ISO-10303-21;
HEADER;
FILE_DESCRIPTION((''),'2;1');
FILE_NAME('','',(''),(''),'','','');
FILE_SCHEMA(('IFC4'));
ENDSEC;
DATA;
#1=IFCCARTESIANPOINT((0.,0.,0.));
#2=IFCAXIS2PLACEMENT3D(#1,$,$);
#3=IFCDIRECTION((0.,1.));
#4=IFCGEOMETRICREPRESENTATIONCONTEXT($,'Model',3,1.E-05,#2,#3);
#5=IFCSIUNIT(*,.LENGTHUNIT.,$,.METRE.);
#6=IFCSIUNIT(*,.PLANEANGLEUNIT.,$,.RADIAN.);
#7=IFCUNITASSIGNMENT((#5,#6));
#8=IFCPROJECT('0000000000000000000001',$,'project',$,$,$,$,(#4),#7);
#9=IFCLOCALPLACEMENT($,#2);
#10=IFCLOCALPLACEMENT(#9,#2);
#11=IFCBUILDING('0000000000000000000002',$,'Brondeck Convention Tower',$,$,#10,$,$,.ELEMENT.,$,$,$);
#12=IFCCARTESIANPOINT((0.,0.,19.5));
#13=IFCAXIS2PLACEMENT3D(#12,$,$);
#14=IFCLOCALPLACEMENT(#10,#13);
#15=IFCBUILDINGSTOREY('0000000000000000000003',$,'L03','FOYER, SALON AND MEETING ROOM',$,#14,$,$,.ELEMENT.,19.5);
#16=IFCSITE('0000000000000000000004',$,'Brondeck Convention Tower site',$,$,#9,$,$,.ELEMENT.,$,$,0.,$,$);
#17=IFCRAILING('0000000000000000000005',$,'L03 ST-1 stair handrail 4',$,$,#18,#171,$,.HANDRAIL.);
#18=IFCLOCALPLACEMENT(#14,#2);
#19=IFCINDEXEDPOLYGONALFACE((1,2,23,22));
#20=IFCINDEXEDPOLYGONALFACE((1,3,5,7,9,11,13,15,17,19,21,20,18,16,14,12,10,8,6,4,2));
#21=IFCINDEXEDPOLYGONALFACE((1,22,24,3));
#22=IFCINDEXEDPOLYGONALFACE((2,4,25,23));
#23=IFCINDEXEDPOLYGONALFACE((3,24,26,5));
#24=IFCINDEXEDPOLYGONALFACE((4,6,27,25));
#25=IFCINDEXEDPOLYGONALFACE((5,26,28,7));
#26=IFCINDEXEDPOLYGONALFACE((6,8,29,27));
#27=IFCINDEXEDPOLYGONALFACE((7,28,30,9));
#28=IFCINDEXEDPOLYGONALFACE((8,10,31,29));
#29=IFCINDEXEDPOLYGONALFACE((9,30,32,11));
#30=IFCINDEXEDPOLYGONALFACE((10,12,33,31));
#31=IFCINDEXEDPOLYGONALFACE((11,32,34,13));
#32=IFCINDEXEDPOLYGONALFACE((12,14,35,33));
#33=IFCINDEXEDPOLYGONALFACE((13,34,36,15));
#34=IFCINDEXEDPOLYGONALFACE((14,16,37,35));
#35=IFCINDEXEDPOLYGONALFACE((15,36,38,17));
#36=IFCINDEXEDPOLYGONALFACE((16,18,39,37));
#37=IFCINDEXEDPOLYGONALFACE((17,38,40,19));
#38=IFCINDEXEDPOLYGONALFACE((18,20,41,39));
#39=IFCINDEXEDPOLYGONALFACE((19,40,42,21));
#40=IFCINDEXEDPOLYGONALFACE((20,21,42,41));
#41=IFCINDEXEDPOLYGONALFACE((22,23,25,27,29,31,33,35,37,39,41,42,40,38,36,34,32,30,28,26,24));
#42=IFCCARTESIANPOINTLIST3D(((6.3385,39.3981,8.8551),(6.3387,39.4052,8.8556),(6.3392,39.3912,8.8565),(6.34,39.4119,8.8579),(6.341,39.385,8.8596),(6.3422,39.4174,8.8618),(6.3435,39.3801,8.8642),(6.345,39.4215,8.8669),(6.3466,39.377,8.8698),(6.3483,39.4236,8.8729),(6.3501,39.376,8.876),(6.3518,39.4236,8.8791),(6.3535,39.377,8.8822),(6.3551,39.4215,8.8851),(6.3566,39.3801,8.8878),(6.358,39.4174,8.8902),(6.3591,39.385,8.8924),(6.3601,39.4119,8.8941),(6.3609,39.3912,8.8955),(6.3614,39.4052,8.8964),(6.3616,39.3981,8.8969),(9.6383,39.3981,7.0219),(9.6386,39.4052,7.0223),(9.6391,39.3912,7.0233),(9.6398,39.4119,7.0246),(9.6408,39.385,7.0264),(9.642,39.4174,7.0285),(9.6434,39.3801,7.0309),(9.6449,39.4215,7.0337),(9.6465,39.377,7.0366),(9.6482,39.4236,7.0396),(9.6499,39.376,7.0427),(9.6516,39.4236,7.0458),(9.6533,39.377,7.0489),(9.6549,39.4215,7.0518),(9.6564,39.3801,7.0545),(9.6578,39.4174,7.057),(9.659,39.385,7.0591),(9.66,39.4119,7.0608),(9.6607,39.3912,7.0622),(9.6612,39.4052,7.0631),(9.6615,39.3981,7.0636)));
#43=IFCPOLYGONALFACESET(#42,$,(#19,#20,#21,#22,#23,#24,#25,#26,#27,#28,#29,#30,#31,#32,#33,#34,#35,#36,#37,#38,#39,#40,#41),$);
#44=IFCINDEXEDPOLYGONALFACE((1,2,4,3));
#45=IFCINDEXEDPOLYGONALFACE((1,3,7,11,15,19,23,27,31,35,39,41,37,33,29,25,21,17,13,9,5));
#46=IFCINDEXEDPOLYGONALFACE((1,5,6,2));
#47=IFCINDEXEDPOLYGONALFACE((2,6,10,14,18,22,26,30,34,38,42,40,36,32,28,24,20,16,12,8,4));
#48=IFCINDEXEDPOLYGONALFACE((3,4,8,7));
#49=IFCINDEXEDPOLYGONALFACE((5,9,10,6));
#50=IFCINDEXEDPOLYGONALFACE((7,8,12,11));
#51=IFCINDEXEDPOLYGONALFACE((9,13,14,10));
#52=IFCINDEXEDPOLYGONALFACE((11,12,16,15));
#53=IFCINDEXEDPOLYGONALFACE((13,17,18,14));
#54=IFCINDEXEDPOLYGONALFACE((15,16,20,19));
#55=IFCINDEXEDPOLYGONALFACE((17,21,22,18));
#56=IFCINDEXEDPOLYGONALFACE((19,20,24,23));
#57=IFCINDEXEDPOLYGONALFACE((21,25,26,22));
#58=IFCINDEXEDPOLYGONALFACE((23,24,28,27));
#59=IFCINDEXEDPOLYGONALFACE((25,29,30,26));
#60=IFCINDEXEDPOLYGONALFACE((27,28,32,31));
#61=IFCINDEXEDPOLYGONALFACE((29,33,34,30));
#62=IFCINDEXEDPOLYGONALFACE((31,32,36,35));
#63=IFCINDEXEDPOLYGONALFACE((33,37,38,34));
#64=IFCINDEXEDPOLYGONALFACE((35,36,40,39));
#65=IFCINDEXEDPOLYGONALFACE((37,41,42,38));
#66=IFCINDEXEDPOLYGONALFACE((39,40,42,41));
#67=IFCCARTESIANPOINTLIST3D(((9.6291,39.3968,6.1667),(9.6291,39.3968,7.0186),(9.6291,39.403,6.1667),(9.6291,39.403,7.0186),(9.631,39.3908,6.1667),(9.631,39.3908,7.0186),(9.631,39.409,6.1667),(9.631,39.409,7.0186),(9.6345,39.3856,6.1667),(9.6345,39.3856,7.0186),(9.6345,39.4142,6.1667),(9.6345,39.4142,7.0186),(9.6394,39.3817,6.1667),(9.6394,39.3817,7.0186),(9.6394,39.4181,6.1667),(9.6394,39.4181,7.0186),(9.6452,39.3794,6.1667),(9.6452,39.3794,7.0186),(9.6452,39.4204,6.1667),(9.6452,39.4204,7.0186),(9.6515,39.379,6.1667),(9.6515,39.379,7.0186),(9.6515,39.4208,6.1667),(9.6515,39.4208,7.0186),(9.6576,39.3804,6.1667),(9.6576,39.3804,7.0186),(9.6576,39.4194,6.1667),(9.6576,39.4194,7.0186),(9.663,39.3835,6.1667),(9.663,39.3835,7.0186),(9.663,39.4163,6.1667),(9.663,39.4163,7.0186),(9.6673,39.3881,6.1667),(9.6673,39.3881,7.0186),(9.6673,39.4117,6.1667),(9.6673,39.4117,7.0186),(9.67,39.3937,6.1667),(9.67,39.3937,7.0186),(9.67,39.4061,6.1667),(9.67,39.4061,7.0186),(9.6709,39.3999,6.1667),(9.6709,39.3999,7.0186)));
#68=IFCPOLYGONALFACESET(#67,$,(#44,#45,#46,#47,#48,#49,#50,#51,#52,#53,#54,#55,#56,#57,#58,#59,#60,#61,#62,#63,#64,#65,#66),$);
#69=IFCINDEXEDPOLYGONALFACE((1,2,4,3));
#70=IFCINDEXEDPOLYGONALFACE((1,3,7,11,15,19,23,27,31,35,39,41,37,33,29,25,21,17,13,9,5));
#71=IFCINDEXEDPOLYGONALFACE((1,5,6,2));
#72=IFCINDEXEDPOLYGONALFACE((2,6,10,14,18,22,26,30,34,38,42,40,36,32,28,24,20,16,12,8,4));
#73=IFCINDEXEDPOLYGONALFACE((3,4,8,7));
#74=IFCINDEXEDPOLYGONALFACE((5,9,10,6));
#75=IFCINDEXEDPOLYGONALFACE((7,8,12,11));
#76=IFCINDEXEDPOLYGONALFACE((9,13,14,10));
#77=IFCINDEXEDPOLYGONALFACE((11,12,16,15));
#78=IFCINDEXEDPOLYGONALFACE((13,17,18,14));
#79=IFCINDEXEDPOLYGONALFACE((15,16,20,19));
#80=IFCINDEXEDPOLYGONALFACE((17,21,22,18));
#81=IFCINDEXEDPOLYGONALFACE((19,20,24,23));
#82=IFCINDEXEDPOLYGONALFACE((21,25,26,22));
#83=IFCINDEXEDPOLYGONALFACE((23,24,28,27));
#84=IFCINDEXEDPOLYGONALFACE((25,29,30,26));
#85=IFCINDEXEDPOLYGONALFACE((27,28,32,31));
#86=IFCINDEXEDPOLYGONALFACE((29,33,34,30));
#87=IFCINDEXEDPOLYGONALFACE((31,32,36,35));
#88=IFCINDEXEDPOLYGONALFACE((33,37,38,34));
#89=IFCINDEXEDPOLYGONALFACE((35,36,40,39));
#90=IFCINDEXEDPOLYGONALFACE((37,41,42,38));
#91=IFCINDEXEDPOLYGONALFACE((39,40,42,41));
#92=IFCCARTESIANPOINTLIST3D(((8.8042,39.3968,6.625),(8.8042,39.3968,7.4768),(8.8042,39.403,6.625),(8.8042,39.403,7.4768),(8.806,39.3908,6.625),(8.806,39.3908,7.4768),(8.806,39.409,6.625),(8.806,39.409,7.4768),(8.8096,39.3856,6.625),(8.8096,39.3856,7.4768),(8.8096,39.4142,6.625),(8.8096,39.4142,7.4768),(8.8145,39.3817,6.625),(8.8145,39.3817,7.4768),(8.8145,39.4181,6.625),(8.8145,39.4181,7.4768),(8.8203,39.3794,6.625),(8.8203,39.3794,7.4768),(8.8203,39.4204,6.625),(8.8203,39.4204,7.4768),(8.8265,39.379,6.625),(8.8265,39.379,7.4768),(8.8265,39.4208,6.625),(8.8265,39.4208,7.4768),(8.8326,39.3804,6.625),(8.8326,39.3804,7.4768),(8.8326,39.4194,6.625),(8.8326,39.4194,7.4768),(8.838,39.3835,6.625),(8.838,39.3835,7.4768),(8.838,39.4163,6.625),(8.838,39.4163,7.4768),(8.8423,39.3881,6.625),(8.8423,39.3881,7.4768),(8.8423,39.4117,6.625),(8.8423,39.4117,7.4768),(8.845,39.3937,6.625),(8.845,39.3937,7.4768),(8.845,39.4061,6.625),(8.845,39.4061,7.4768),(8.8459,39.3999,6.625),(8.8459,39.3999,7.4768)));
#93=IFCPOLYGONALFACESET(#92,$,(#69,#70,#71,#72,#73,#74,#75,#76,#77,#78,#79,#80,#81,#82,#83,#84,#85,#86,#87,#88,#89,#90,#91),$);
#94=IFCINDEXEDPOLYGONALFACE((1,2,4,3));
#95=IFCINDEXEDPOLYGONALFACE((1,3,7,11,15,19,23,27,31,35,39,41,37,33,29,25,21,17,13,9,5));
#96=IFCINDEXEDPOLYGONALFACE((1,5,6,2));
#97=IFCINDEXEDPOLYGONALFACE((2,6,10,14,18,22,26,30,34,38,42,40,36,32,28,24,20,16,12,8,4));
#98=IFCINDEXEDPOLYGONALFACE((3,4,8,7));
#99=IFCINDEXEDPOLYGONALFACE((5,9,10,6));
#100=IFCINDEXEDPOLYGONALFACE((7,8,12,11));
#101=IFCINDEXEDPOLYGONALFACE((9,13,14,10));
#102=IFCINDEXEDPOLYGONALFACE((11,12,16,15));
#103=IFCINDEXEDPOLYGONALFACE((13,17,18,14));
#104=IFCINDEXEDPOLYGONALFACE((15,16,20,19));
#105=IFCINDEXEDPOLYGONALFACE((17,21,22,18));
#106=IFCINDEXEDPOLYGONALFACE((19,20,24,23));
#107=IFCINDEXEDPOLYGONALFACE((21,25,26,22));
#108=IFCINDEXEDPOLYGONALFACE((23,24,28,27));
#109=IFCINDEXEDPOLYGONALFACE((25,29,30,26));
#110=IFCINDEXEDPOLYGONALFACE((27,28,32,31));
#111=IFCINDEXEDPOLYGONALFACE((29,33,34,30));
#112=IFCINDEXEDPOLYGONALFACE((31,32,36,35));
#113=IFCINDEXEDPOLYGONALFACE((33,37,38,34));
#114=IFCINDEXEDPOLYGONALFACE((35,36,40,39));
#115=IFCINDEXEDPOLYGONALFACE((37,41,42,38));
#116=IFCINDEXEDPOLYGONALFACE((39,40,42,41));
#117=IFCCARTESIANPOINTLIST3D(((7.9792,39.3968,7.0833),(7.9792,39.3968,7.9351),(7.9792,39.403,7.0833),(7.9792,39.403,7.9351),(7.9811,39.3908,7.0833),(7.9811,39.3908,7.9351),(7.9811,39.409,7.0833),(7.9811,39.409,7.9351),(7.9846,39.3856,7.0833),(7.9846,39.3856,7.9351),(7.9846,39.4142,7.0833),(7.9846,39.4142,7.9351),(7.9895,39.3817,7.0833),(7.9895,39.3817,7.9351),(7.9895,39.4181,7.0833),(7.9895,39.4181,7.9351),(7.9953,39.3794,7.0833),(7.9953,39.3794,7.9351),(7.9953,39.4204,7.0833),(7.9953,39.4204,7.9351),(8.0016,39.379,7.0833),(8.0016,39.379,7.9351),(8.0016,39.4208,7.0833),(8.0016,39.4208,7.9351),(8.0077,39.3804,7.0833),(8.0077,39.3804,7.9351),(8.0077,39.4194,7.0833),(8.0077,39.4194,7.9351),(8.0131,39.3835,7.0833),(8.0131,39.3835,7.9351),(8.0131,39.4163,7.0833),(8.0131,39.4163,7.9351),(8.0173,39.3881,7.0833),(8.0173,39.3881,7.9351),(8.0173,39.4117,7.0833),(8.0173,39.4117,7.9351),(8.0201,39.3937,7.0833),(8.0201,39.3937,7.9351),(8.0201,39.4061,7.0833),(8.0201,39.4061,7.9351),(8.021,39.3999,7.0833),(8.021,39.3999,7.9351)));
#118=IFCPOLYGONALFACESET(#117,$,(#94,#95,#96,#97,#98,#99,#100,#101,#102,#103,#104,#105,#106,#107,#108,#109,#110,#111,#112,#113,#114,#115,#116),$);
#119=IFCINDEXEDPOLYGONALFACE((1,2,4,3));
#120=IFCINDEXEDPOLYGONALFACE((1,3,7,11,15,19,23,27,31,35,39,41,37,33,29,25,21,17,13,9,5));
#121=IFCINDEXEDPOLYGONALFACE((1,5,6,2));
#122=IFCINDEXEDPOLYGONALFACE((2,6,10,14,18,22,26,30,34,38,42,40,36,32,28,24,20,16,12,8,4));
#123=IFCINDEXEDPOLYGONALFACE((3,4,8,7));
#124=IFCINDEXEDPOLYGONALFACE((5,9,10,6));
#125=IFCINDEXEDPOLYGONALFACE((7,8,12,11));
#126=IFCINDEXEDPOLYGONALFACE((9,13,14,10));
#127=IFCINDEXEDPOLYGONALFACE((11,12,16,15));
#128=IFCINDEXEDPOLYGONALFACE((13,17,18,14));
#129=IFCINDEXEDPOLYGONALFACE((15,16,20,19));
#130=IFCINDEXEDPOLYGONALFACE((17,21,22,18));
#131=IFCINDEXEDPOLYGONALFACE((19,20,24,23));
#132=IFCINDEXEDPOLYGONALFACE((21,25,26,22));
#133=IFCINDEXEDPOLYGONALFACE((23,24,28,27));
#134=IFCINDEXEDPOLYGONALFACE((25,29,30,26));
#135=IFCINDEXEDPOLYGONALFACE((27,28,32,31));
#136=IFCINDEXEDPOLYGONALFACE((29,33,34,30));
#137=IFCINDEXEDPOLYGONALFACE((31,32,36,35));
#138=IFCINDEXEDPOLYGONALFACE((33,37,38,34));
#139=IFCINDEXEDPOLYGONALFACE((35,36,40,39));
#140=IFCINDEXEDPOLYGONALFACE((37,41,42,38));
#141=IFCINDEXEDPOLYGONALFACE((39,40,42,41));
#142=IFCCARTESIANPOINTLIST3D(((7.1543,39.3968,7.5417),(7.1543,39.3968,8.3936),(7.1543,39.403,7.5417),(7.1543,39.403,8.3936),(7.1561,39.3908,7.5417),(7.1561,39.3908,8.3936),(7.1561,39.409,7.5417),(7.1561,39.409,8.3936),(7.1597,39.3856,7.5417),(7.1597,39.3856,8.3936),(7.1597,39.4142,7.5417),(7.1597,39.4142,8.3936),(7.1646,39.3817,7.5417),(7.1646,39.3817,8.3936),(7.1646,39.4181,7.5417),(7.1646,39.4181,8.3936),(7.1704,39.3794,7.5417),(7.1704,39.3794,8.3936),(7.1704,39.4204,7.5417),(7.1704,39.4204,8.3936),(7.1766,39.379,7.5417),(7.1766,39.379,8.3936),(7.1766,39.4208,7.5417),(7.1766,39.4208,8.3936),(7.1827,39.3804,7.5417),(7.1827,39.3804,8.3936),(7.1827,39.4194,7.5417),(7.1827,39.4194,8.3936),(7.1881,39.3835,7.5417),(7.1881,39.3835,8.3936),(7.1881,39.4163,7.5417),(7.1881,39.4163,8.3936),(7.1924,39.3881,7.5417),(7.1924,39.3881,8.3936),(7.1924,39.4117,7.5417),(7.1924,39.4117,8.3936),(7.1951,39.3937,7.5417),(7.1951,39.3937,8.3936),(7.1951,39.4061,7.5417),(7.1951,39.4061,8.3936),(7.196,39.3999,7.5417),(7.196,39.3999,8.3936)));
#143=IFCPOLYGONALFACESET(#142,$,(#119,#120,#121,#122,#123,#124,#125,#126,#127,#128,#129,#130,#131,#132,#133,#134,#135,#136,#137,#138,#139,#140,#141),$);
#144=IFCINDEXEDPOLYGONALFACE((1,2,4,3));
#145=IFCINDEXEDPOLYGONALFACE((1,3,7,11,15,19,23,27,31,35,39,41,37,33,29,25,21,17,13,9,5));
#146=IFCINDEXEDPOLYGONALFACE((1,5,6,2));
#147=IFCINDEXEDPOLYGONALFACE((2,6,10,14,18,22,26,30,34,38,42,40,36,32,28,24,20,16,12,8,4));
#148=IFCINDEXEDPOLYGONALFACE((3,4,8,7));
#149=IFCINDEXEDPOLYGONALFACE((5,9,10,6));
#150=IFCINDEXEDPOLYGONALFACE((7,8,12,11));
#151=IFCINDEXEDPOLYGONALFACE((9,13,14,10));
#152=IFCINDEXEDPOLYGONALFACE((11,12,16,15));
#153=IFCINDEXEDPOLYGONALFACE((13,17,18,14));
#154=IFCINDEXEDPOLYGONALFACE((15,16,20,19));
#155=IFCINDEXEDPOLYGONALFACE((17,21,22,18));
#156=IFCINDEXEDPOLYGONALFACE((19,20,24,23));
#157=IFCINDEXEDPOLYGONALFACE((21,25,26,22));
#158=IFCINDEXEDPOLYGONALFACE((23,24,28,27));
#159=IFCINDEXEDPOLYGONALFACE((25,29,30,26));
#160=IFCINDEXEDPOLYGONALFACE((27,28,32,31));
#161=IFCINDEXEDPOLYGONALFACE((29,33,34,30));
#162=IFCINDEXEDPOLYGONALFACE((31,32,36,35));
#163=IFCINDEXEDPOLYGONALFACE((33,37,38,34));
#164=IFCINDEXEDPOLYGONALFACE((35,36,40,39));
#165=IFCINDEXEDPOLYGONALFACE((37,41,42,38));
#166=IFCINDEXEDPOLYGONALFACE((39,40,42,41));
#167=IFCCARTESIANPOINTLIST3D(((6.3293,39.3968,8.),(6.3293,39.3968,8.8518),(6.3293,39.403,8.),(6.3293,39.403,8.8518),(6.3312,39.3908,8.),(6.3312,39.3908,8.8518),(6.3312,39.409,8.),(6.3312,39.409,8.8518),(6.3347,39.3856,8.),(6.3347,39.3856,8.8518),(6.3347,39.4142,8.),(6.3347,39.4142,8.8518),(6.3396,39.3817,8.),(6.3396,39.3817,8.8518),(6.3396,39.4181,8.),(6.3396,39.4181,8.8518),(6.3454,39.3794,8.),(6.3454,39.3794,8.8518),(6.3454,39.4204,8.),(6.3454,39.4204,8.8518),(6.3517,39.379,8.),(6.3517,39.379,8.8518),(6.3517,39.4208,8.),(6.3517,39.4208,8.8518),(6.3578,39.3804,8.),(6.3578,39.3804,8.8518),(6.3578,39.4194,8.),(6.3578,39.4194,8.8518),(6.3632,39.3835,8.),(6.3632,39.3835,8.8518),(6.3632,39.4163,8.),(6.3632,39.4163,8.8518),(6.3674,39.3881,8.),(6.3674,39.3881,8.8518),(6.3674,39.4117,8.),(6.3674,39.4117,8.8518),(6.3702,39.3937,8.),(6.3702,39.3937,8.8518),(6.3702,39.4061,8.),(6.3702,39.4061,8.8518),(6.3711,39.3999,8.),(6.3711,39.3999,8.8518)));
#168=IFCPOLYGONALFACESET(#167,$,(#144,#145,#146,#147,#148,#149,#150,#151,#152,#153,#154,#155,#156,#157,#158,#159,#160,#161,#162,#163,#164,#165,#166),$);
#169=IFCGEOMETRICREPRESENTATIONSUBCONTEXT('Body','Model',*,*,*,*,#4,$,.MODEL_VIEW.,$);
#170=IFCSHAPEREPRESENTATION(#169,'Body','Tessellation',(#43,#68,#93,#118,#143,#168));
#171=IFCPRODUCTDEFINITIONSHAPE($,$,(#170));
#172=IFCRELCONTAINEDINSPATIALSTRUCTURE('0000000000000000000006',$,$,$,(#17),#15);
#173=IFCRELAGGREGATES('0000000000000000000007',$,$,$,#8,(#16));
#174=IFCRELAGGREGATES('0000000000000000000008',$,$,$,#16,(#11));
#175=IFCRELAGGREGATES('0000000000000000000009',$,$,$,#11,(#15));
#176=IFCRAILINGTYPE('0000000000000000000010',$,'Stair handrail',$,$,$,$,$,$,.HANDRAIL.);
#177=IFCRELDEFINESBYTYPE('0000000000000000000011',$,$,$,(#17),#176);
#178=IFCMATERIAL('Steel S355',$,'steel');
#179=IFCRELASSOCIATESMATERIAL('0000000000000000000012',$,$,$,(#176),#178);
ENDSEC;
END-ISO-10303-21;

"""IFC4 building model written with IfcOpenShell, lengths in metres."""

from ifc_helpers import new_model, si_unit, direction, frame, origin, origin_2d, place, context, subcontext, project, spatial, circle, extrude, material, type_object, element, save


model = new_model("IFC4")

# Units and contexts
model_context = context("Model", 3, precision=1e-05, world=origin(), true_north=direction((0.0, 1.0)))
body_context = subcontext(model_context, "Body", "Model", "MODEL_VIEW")
ifc_project = project(units=[si_unit("LENGTHUNIT", "METRE"), si_unit("PLANEANGLEUNIT", "RADIAN")], contexts=[model_context])

# Site, building, storey
site_placement = place(None, origin())
site = spatial("IfcSite", under=ifc_project, at=site_placement, Name="Brondeck Convention Tower site", CompositionType="ELEMENT", RefElevation=0.0)
building_placement = place(site_placement, origin())
building = spatial("IfcBuilding", under=site, at=building_placement, Name="Brondeck Convention Tower", CompositionType="ELEMENT")
storey_placement = place(building_placement, frame((0.0, 0.0, 19.5)))
storey = spatial("IfcBuildingStorey", under=building, at=storey_placement, Name="L03", Description="FOYER, SALON AND MEETING ROOM", CompositionType="ELEMENT", Elevation=19.5)

# Shared definitions
ifc_material_1 = material(Name="Steel S355", Category="steel")

# Railing
railing_type = type_object("IfcRailingType", Name="Stair handrail", PredefinedType="HANDRAIL", material=ifc_material_1)
for number, where, name in (
    (1, (9.6499, 39.3999, 6.1667), "L03 ST-1 stair handrail 4"),
):
    element("IfcRailing", number, at=place(storey_placement, frame(where)), inside=storey, type_object=railing_type, Name=name, PredefinedType="HANDRAIL", context=body_context, shape_type="SweptSolid", body=[
        extrude(circle(Radius=0.0239, at=origin_2d()), frame((0.0, 0.0, 0.876), z_axis=(-0.874154, 0.0, 0.485648), x_axis=(0.0, -1.0, 0.0)), (0.0, 0.0, 1.0), 3.7749),
        extrude(circle(Radius=0.021, at=origin_2d()), origin(), (0.0, 0.0, 1.0), 0.8518),
        extrude(circle(Radius=0.021, at=origin_2d()), frame((-0.825, 0.0, 0.4583)), (0.0, 0.0, 1.0), 0.8518),
        extrude(circle(Radius=0.021, at=origin_2d()), frame((-1.6499, 0.0, 0.9165)), (0.0, 0.0, 1.0), 0.8518),
        extrude(circle(Radius=0.021, at=origin_2d()), frame((-2.4749, 0.0, 1.375)), (0.0, 0.0, 1.0), 0.8518),
        extrude(circle(Radius=0.021, at=origin_2d()), frame((-3.2998, 0.0, 1.8333)), (0.0, 0.0, 1.0), 0.8518),
    ])

save(model, "model.ifc")
